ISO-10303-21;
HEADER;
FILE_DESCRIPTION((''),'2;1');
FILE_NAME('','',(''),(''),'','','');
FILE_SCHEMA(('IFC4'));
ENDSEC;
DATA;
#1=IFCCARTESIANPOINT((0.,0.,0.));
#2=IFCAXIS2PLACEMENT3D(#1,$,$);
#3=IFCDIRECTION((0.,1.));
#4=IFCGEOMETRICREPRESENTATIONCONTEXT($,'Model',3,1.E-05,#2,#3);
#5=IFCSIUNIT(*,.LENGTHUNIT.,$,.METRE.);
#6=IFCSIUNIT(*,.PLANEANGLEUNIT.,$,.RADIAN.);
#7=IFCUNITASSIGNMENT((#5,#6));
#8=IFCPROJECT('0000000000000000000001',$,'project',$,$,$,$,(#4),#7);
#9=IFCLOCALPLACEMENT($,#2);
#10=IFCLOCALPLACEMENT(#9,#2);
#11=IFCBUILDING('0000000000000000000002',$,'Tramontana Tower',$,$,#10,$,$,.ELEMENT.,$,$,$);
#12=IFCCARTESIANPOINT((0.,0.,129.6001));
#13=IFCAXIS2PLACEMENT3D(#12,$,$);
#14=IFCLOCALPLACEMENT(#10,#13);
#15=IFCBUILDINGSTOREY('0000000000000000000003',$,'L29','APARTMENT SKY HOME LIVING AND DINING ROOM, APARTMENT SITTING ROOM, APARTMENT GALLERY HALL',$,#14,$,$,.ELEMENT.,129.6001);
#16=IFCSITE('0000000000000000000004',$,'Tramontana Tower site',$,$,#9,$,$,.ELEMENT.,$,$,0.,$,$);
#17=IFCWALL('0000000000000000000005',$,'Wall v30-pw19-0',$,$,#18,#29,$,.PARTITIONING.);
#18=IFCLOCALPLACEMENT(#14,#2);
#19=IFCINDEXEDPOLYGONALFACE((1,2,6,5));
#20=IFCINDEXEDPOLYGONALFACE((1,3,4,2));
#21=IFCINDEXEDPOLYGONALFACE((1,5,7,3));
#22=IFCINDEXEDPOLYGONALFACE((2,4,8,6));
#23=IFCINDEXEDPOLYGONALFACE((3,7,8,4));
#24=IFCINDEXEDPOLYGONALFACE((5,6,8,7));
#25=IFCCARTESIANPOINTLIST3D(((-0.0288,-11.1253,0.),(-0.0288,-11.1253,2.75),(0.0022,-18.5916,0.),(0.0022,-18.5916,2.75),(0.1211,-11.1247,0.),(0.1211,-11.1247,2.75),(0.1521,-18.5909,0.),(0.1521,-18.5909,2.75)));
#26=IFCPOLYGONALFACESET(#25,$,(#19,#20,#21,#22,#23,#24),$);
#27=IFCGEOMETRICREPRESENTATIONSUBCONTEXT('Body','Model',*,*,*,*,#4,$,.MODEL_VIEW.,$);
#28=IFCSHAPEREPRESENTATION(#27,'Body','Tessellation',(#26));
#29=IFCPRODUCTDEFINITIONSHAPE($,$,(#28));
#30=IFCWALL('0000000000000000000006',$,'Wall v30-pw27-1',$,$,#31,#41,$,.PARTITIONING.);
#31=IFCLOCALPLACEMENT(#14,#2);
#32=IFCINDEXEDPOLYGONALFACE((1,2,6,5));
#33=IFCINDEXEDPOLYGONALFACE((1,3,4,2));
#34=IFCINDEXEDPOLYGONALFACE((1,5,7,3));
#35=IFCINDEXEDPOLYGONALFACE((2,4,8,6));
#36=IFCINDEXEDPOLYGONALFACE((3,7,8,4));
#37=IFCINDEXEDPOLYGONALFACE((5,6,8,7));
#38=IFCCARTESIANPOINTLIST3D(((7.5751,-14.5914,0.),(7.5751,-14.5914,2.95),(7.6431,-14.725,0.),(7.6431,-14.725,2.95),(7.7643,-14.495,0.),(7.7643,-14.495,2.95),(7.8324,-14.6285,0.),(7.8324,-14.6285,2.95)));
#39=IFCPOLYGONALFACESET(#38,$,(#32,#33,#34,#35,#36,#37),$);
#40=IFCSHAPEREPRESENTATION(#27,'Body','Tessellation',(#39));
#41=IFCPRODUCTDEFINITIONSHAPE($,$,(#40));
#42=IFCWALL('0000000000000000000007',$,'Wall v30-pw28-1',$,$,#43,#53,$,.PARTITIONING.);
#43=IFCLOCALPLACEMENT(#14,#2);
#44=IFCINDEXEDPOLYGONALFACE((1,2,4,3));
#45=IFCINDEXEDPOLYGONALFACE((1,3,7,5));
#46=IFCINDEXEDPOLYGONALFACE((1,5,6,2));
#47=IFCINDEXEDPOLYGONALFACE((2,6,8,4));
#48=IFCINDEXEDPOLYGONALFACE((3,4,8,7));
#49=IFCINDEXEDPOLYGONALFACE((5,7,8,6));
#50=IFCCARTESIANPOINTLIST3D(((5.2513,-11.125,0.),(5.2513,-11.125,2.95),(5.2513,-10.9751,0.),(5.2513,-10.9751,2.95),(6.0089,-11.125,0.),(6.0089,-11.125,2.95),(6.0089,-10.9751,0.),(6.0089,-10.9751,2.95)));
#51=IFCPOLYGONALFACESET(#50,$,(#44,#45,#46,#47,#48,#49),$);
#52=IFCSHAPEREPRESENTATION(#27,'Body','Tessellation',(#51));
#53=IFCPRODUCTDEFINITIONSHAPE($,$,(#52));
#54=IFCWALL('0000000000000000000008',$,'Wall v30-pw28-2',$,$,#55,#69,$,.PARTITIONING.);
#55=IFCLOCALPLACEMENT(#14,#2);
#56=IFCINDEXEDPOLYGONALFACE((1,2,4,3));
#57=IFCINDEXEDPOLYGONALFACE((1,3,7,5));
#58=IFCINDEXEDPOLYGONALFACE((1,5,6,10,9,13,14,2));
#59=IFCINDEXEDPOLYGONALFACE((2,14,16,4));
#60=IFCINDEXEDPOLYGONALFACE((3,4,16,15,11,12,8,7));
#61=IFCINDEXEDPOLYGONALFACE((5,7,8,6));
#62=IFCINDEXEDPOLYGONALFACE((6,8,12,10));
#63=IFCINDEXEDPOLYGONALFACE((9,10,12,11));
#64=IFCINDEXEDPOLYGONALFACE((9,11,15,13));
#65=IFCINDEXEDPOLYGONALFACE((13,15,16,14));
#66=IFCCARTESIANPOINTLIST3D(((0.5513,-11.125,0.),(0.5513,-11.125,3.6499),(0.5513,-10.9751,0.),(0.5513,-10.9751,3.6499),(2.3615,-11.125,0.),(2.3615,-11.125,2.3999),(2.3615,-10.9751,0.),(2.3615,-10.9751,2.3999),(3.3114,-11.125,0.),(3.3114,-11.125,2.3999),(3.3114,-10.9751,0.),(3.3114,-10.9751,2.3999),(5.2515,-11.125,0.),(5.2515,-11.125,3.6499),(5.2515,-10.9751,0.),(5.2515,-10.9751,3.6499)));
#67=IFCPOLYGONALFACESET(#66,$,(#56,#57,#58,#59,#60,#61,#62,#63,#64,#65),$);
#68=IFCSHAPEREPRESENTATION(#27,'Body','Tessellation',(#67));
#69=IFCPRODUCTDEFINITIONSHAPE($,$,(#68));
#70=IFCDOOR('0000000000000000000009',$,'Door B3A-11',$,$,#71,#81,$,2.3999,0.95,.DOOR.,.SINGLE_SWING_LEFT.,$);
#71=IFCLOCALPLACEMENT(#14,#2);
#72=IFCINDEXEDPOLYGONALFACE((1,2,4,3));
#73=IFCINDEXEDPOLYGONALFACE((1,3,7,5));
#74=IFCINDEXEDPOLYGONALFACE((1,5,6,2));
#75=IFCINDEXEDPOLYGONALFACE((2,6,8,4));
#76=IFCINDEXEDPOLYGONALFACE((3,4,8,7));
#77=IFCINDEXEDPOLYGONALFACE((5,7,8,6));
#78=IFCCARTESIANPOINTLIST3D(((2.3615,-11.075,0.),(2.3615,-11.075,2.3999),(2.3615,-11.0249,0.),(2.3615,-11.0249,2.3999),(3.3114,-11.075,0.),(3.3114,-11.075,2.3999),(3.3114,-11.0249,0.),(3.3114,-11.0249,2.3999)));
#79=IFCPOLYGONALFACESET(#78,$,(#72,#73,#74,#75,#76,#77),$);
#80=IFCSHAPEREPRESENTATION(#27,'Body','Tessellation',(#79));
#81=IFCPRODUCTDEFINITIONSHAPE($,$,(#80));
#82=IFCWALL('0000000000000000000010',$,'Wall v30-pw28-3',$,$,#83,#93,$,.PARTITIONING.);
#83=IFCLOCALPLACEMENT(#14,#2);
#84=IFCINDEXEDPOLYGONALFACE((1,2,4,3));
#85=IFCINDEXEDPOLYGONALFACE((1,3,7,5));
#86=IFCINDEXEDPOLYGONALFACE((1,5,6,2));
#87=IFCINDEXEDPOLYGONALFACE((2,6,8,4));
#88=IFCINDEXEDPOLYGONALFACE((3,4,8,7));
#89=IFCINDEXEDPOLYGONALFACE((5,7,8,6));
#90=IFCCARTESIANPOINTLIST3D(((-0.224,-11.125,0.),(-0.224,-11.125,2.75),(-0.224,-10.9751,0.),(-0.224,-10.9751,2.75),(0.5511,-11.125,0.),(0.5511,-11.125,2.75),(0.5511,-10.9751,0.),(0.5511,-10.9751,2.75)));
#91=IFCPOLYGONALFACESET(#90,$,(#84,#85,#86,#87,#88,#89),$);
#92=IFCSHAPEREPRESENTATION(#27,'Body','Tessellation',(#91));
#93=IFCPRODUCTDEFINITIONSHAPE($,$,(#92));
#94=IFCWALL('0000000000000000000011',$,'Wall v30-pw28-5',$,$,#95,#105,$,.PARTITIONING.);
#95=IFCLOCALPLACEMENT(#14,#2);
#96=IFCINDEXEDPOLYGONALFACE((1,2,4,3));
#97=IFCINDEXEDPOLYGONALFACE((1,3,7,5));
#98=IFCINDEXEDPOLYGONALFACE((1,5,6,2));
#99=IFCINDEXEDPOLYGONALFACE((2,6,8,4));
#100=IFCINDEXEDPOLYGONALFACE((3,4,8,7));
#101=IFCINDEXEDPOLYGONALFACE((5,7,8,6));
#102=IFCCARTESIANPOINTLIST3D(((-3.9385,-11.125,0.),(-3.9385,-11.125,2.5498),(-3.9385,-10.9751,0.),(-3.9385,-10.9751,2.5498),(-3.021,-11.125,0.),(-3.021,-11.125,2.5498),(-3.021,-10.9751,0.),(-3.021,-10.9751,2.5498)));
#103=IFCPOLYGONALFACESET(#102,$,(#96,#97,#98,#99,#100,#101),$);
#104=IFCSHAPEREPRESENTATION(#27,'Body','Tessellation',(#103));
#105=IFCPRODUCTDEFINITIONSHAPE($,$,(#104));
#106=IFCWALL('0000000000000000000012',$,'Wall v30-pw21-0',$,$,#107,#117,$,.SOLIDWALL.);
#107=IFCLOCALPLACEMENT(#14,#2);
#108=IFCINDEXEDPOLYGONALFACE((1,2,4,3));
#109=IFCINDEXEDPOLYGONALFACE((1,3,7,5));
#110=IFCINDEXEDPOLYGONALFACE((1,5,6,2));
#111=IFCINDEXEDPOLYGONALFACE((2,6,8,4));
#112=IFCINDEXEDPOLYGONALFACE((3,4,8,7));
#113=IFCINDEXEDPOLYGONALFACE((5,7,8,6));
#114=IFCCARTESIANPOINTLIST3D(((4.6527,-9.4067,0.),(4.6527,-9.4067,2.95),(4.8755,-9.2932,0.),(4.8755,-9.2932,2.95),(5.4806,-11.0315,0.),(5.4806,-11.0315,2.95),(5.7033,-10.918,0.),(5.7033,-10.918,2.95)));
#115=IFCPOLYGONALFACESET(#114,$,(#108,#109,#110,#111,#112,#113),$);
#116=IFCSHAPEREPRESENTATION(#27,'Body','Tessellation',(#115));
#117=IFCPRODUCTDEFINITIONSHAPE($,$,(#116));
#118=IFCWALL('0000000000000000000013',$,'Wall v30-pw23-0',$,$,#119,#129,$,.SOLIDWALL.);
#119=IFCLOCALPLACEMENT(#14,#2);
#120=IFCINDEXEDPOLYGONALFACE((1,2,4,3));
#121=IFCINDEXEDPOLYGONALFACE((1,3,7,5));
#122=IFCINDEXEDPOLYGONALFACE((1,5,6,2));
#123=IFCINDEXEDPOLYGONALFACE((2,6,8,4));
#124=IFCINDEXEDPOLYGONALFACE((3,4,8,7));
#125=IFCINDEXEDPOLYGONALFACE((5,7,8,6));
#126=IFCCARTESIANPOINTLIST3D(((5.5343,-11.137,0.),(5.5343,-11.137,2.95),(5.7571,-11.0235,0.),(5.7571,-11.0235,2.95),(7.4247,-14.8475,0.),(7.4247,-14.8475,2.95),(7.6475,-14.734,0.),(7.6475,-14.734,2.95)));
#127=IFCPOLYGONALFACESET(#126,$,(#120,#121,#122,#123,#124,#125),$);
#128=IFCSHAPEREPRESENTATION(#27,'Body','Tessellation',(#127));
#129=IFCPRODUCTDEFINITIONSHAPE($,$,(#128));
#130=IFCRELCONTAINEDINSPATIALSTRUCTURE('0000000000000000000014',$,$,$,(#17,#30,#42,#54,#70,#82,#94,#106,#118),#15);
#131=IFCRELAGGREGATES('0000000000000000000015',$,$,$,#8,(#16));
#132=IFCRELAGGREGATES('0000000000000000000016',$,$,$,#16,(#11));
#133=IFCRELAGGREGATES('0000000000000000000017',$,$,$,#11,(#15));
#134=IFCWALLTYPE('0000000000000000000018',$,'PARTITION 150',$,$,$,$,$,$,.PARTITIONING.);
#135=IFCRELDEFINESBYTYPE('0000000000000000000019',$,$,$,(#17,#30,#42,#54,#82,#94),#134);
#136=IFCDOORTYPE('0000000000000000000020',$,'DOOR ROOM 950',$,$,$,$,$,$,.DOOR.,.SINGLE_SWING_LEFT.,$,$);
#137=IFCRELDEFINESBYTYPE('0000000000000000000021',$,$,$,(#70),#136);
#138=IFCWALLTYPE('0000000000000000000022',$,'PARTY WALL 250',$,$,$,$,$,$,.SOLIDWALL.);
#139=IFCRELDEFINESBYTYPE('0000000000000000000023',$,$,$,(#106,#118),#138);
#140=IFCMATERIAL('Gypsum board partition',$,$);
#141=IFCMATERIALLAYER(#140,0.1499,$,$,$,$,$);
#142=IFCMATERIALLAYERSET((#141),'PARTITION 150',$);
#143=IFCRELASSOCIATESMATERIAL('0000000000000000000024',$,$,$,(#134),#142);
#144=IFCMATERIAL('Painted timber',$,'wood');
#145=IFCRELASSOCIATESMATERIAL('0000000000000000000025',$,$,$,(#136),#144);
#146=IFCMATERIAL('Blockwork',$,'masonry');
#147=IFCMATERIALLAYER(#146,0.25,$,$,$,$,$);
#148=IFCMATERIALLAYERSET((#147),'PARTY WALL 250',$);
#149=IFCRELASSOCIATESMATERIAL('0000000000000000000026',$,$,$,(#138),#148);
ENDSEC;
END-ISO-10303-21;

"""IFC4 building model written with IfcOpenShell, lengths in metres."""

from ifc_helpers import new_model, si_unit, direction, frame, frame_2d, origin, place, context, subcontext, project, spatial, rectangle, extrude, material, layer, layer_set, type_object, element, fill, save


model = new_model("IFC4")

# Units and contexts
model_context = context("Model", 3, precision=1e-05, world=origin(), true_north=direction((0.0, 1.0)))
body_context = subcontext(model_context, "Body", "Model", "MODEL_VIEW")
ifc_project = project(units=[si_unit("LENGTHUNIT", "METRE"), si_unit("PLANEANGLEUNIT", "RADIAN")], contexts=[model_context])

# Site, building, storey
site_placement = place(None, origin())
site = spatial("IfcSite", under=ifc_project, at=site_placement, Name="Tramontana Tower site", CompositionType="ELEMENT", RefElevation=0.0)
building_placement = place(site_placement, origin())
building = spatial("IfcBuilding", under=site, at=building_placement, Name="Tramontana Tower", CompositionType="ELEMENT")
storey_placement = place(building_placement, frame((0.0, 0.0, 129.6001)))
storey = spatial("IfcBuildingStorey", under=building, at=storey_placement, Name="L29", Description="APARTMENT SKY HOME LIVING AND DINING ROOM, APARTMENT SITTING ROOM, APARTMENT GALLERY HALL", CompositionType="ELEMENT", Elevation=129.6001)

# Walls
ifc_material_1 = material(Name="Gypsum board partition")
ifc_layer_1 = layer(ifc_material_1, 0.1499)
ifc_layer_set_1 = layer_set([ifc_layer_1], Name="PARTITION 150")
wall_type_1 = type_object("IfcWallType", Name="PARTITION 150", PredefinedType="PARTITIONING", material=ifc_layer_set_1)
wall_1_placement = place(storey_placement, frame((0.0461, -11.125, 0.0), z_axis=(0.0, 0.0, 1.0), x_axis=(0.004153, -0.999991, 0.0)))
element("IfcWall", 1, at=wall_1_placement, inside=storey, type_object=wall_type_1, Name="Wall v30-pw19-0", PredefinedType="PARTITIONING", context=body_context, shape_type="SweptSolid", body=[
    extrude(rectangle(XDim=7.4663, YDim=0.1499, at=frame_2d((3.7332, 0.0))), origin(), (0.0, 0.0, 1.0), 2.75),
])
wall_2_placement = place(storey_placement, frame((7.7983, -14.5618, 0.0), z_axis=(0.0, 0.0, 1.0), x_axis=(-0.890952, -0.454098, 0.0)))
element("IfcWall", 2, at=wall_2_placement, inside=storey, type_object=wall_type_1, Name="Wall v30-pw27-1", PredefinedType="PARTITIONING", context=body_context, shape_type="SweptSolid", body=[
    extrude(rectangle(XDim=0.2124, YDim=0.1499, at=frame_2d((0.1062, 0.0))), origin(), (0.0, 0.0, 1.0), 2.95),
])
wall_3_placement = place(storey_placement, frame((6.009, -11.05, 0.0), z_axis=(0.0, 0.0, 1.0), x_axis=(-1.0, 0.0, 0.0)))
element("IfcWall", 3, at=wall_3_placement, inside=storey, type_object=wall_type_1, Name="Wall v30-pw28-1", PredefinedType="PARTITIONING", context=body_context, shape_type="SweptSolid", body=[
    extrude(rectangle(XDim=0.7576, YDim=0.1499, at=frame_2d((0.3789, 0.0))), origin(), (0.0, 0.0, 1.0), 2.95),
])

# Wall, opening, door
wall_4_placement = place(storey_placement, frame((5.2515, -11.05, 0.0), z_axis=(0.0, 0.0, 1.0), x_axis=(-1.0, 0.0, 0.0)))
wall_4 = element("IfcWall", 4, at=wall_4_placement, inside=storey, type_object=wall_type_1, Name="Wall v30-pw28-2", PredefinedType="PARTITIONING", context=body_context, shape_type="SweptSolid", body=[
    extrude(rectangle(XDim=4.7002, YDim=0.1499, at=frame_2d((2.3501, 0.0))), origin(), (0.0, 0.0, 1.0), 3.6499),
])
opening_1_placement = place(wall_4_placement, frame((1.9399, 0.0, 0.0)))
opening_1 = element("IfcOpeningElement", 5, at=opening_1_placement, cuts=wall_4, PredefinedType="OPENING", context=body_context, shape_type="SweptSolid", body=[
    extrude(rectangle(XDim=0.95, YDim=2.3999, at=frame_2d((0.4751, 1.2))), frame((0.0, 0.085, 0.0), z_axis=(0.0, -1.0, 0.0), x_axis=(1.0, 0.0, 0.0)), (0.0, 0.0, 1.0), 0.1699),
])
ifc_material_2 = material(Name="Painted timber", Category="wood")
door_type_1 = type_object("IfcDoorType", Name="DOOR ROOM 950", OperationType="SINGLE_SWING_LEFT", PredefinedType="DOOR", material=ifc_material_2)
door_1_placement = place(opening_1_placement, origin())
door_1 = element("IfcDoor", 6, at=door_1_placement, inside=storey, type_object=door_type_1, Name="Door B3A-11", OperationType="SINGLE_SWING_LEFT", OverallHeight=2.3999, OverallWidth=0.95, PredefinedType="DOOR", context=body_context, shape_type="SweptSolid", body=[
    extrude(rectangle(XDim=0.95, YDim=2.3999, at=frame_2d((0.4751, 1.2))), frame((0.0, 0.0249, 0.0), z_axis=(0.0, -1.0, 0.0), x_axis=(1.0, 0.0, 0.0)), (0.0, 0.0, 1.0), 0.05),
])
fill(opening_1, door_1)

# Wall
wall_5_placement = place(storey_placement, frame((0.5513, -11.05, 0.0), z_axis=(0.0, 0.0, 1.0), x_axis=(-1.0, 0.0, 0.0)))
element("IfcWall", 7, at=wall_5_placement, inside=storey, type_object=wall_type_1, Name="Wall v30-pw28-3", PredefinedType="PARTITIONING", context=body_context, shape_type="SweptSolid", body=[
    extrude(rectangle(XDim=0.7751, YDim=0.1499, at=frame_2d((0.3877, 0.0))), origin(), (0.0, 0.0, 1.0), 2.75),
])

# Walls
wall_6_placement = place(storey_placement, frame((-3.021, -11.05, 0.0), z_axis=(0.0, 0.0, 1.0), x_axis=(-1.0, 0.0, 0.0)))
element("IfcWall", 8, at=wall_6_placement, inside=storey, type_object=wall_type_1, Name="Wall v30-pw28-5", PredefinedType="PARTITIONING", context=body_context, shape_type="SweptSolid", body=[
    extrude(rectangle(XDim=0.9175, YDim=0.1499, at=frame_2d((0.4587, 0.0))), origin(), (0.0, 0.0, 1.0), 2.5498),
])
ifc_material_3 = material(Name="Blockwork", Category="masonry")
ifc_layer_2 = layer(ifc_material_3, 0.25)
ifc_layer_set_2 = layer_set([ifc_layer_2], Name="PARTY WALL 250")
wall_type_2 = type_object("IfcWallType", Name="PARTY WALL 250", PredefinedType="SOLIDWALL", material=ifc_layer_set_2)
wall_7_placement = place(storey_placement, frame((4.7642, -9.3501, 0.0), z_axis=(0.0, 0.0, 1.0), x_axis=(0.454002, -0.891001, 0.0)))
element("IfcWall", 9, at=wall_7_placement, inside=storey, type_object=wall_type_2, Name="Wall v30-pw21-0", PredefinedType="SOLIDWALL", context=body_context, shape_type="SweptSolid", body=[
    extrude(rectangle(XDim=1.8235, YDim=0.25, at=frame_2d((0.9116, 0.0))), origin(), (0.0, 0.0, 1.0), 2.95),
])
wall_8_placement = place(storey_placement, frame((5.6458, -11.0803, 0.0), z_axis=(0.0, 0.0, 1.0), x_axis=(0.453955, -0.891025, 0.0)))
element("IfcWall", 10, at=wall_8_placement, inside=storey, type_object=wall_type_2, Name="Wall v30-pw23-0", PredefinedType="SOLIDWALL", context=body_context, shape_type="SweptSolid", body=[
    extrude(rectangle(XDim=4.1643, YDim=0.25, at=frame_2d((2.082, 0.0))), origin(), (0.0, 0.0, 1.0), 2.95),
])

save(model, "model.ifc")
